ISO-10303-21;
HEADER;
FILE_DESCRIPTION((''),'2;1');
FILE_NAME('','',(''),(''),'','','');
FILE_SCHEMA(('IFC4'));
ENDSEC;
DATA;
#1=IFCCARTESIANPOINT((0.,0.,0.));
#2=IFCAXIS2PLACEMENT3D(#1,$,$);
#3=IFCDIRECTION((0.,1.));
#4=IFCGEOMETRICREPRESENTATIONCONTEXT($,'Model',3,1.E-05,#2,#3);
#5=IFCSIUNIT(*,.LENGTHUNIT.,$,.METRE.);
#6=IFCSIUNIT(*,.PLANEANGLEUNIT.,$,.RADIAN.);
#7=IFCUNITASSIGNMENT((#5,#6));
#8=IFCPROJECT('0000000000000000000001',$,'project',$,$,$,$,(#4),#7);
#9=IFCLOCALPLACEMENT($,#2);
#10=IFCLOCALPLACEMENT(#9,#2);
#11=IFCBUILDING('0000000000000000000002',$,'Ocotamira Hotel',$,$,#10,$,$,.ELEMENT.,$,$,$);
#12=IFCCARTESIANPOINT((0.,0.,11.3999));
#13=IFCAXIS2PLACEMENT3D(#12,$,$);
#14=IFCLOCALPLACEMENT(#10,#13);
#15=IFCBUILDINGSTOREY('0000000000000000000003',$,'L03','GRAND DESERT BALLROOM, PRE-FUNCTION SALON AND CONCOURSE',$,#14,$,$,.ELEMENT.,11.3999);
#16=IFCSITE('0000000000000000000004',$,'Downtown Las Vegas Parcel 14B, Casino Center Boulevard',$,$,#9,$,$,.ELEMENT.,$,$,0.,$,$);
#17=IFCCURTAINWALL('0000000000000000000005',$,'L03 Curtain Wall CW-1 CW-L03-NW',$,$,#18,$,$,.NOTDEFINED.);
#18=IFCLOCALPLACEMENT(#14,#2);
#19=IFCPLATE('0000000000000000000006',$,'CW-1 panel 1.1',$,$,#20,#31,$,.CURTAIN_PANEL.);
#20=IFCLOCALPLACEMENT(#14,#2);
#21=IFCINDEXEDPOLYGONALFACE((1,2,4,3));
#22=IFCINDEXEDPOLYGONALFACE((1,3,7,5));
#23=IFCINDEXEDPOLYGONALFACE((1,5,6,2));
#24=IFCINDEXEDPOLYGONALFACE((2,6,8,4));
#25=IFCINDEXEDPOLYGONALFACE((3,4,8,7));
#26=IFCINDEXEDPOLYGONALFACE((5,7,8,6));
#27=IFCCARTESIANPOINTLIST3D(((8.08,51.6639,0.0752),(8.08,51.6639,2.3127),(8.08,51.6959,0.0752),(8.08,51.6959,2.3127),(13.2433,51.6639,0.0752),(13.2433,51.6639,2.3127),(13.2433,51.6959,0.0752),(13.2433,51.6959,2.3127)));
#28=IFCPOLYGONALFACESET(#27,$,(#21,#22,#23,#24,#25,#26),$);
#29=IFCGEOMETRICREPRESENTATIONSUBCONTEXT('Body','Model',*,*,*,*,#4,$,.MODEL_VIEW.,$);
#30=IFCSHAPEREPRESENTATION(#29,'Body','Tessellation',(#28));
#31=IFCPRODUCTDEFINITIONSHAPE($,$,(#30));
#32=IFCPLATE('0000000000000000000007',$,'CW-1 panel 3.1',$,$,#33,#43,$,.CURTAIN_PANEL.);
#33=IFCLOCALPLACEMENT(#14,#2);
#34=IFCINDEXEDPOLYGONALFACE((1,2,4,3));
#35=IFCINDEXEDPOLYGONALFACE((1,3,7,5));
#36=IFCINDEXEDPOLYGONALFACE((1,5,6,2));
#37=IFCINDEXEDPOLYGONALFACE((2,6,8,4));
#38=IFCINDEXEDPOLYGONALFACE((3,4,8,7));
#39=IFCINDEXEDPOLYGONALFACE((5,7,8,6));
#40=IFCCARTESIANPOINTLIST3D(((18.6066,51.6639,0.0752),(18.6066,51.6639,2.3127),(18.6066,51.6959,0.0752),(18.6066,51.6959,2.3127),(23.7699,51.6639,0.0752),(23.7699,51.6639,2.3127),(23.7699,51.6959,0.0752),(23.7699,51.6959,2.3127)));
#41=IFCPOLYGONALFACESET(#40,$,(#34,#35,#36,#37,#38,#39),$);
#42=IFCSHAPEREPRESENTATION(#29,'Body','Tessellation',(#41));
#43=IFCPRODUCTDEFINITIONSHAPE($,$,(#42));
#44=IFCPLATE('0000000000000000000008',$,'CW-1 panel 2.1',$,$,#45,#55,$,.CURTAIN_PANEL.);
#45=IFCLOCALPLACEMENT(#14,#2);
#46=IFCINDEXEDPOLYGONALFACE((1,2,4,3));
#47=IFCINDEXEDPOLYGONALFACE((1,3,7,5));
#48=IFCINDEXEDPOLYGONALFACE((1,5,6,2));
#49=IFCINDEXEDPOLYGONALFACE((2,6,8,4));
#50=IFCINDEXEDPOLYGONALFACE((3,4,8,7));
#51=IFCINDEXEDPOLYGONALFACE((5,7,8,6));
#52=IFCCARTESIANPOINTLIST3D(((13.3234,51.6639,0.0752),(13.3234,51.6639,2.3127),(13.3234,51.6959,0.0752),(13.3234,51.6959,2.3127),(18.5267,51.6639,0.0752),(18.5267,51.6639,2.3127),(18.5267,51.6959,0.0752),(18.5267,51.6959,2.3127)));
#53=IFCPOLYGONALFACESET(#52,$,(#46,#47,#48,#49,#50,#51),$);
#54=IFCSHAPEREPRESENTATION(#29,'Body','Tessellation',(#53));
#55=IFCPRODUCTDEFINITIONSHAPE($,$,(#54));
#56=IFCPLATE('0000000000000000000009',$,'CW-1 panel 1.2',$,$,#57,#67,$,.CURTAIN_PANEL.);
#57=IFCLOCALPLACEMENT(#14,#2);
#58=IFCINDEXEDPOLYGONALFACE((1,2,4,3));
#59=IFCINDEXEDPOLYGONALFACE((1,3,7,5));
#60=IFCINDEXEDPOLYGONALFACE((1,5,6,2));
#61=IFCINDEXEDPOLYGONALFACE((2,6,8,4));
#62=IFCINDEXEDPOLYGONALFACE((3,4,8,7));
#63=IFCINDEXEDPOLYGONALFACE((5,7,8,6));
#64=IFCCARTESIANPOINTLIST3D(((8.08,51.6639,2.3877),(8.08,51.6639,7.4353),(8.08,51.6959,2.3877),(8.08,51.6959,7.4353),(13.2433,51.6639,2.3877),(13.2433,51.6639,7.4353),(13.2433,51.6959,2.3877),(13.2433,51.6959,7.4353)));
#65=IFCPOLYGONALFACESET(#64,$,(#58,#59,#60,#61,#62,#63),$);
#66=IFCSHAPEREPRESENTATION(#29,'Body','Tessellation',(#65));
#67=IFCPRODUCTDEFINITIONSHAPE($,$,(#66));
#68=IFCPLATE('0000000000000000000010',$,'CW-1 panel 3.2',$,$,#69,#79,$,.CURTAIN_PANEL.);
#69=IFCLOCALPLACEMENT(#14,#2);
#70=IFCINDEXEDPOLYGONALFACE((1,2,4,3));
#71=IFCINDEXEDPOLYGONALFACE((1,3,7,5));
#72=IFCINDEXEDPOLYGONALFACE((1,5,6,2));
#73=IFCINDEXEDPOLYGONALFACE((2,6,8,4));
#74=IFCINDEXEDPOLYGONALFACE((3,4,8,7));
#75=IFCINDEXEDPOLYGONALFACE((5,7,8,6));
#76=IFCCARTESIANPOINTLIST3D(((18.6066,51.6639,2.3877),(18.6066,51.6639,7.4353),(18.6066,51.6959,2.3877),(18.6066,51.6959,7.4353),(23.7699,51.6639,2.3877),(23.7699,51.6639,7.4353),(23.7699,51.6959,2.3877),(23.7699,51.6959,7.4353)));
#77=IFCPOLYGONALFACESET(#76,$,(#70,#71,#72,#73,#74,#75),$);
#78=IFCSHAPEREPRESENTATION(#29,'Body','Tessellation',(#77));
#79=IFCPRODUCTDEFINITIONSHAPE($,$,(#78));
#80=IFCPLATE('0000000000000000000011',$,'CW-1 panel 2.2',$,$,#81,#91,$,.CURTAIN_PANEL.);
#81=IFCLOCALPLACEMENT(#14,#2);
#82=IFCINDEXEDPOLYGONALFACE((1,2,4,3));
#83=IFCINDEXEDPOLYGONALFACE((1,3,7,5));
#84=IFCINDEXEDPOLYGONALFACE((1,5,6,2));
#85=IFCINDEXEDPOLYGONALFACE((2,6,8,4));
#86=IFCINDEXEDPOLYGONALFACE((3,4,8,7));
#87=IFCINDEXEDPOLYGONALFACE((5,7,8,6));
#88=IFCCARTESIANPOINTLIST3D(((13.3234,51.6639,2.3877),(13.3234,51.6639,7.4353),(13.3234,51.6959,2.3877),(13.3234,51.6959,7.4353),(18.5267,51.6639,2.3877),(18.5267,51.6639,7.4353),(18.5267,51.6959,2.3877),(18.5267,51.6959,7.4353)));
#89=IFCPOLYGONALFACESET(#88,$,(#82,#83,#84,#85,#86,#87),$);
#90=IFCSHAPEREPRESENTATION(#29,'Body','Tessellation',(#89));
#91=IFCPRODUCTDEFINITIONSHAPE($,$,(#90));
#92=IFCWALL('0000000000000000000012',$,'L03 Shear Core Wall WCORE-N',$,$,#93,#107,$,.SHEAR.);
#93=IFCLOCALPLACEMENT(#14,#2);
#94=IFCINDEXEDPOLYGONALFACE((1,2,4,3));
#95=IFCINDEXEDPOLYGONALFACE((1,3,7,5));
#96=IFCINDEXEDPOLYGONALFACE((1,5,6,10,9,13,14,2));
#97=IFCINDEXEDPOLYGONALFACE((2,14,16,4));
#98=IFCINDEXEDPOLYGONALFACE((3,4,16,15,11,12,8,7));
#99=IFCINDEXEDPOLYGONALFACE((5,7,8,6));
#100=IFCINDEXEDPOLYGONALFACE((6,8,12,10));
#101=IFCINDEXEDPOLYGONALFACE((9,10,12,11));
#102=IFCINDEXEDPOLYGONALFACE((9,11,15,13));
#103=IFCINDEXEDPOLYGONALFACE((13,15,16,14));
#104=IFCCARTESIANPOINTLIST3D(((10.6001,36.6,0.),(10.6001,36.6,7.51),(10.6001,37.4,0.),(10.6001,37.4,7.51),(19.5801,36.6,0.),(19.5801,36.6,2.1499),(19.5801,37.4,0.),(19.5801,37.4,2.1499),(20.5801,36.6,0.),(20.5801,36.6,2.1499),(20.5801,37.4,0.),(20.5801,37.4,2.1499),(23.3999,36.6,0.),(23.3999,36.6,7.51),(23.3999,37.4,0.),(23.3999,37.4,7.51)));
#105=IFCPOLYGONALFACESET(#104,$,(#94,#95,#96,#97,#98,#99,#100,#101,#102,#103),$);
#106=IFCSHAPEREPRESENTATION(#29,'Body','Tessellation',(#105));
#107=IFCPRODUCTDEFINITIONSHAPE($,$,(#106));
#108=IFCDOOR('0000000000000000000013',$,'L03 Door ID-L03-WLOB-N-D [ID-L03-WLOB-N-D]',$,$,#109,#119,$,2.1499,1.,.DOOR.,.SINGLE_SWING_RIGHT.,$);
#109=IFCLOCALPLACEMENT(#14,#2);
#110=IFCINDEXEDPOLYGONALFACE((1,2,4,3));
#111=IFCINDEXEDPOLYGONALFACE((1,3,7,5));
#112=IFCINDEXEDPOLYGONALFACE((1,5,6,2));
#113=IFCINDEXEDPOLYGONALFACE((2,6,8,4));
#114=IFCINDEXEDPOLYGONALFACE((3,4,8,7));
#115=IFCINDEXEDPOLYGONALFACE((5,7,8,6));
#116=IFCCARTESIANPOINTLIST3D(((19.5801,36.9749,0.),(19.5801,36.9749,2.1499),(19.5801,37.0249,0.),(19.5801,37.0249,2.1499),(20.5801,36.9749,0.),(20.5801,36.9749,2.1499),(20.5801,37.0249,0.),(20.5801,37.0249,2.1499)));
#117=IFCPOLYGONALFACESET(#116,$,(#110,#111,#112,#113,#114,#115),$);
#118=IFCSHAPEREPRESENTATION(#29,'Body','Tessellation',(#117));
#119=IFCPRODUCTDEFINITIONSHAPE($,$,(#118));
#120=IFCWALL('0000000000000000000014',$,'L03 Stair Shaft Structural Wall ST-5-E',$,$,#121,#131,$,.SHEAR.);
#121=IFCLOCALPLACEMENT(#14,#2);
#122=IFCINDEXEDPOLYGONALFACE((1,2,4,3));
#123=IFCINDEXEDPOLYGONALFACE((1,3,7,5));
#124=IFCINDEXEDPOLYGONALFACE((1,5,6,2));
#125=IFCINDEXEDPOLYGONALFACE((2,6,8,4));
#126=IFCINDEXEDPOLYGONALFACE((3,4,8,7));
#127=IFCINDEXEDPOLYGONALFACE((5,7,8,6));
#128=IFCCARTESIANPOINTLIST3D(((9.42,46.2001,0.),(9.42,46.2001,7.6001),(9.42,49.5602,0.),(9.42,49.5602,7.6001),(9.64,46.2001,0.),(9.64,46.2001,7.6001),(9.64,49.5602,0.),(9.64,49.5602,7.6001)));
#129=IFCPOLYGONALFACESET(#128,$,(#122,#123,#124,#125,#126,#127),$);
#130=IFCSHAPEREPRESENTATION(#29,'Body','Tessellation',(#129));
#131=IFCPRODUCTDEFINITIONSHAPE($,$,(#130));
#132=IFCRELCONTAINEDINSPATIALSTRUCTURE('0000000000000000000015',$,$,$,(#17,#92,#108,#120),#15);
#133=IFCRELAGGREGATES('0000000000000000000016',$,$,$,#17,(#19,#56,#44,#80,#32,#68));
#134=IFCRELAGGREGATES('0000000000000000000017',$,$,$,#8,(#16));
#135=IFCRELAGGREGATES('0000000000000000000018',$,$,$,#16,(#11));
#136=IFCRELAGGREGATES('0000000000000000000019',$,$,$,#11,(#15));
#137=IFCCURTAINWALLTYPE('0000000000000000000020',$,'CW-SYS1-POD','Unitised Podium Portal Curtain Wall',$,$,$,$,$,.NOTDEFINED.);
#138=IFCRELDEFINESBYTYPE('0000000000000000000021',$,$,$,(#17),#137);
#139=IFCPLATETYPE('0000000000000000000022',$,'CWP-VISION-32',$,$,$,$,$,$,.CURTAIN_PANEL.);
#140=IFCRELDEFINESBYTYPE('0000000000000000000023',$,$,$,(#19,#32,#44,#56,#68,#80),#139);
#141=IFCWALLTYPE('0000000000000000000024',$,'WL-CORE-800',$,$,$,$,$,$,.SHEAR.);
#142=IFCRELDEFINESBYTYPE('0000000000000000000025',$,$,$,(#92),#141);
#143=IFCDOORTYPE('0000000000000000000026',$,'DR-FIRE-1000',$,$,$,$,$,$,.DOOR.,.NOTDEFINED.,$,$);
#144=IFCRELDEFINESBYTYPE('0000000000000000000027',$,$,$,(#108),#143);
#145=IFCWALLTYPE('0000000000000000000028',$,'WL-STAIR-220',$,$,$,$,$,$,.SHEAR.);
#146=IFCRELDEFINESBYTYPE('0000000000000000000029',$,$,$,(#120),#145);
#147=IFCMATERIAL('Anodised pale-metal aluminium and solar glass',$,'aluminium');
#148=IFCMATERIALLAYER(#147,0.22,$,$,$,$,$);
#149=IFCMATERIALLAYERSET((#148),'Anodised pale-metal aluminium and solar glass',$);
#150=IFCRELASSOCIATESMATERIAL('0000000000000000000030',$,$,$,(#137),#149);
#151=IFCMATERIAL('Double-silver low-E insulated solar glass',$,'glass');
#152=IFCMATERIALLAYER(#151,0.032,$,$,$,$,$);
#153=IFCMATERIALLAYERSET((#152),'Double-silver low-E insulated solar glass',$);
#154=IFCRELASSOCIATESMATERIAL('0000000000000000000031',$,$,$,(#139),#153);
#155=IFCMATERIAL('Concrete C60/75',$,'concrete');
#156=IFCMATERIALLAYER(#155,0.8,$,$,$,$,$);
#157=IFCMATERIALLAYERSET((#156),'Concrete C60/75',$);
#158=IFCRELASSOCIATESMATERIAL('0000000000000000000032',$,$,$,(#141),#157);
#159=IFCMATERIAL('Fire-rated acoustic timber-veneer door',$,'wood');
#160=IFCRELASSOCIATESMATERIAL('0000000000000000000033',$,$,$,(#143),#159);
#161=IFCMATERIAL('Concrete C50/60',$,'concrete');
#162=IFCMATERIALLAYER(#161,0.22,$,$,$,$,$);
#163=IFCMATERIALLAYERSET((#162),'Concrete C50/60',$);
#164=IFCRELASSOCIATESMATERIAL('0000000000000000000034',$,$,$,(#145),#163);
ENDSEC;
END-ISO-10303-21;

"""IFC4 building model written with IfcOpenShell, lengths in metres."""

from ifc_helpers import new_model, si_unit, direction, frame, frame_2d, origin, origin_2d, place, context, subcontext, project, spatial, rectangle, extrude, source, transform, mapped, material, layer, layer_set, type_object, element, fill, aggregate, save


model = new_model("IFC4")

# Units and contexts
model_context = context("Model", 3, precision=1e-05, world=origin(), true_north=direction((0.0, 1.0)))
body_context = subcontext(model_context, "Body", "Model", "MODEL_VIEW")
ifc_project = project(units=[si_unit("LENGTHUNIT", "METRE"), si_unit("PLANEANGLEUNIT", "RADIAN")], contexts=[model_context])

# Site, building, storey
site_placement = place(None, origin())
site = spatial("IfcSite", under=ifc_project, at=site_placement, Name="Downtown Las Vegas Parcel 14B, Casino Center Boulevard", CompositionType="ELEMENT", RefElevation=0.0)
building_placement = place(site_placement, origin())
building = spatial("IfcBuilding", under=site, at=building_placement, Name="Ocotamira Hotel", CompositionType="ELEMENT")
storey_placement = place(building_placement, frame((0.0, 0.0, 11.3999)))
storey = spatial("IfcBuildingStorey", under=building, at=storey_placement, Name="L03", Description="GRAND DESERT BALLROOM, PRE-FUNCTION SALON AND CONCOURSE", CompositionType="ELEMENT", Elevation=11.3999)

# Shared definitions
ifc_material_1 = material(Name="Concrete C60/75", Category="concrete")

# Curtain wall, plates
ifc_material_2 = material(Name="Anodised pale-metal aluminium and solar glass", Category="aluminium")
ifc_layer_1 = layer(ifc_material_2, 0.22)
ifc_layer_set_1 = layer_set([ifc_layer_1], Name="Anodised pale-metal aluminium and solar glass")
curtain_wall_type = type_object("IfcCurtainWallType", Name="CW-SYS1-POD", Description="Unitised Podium Portal Curtain Wall", PredefinedType="NOTDEFINED", material=ifc_layer_set_1)
curtain_wall_placement = place(storey_placement, origin())
curtain_wall = element("IfcCurtainWall", 1, at=curtain_wall_placement, inside=storey, type_object=curtain_wall_type, Name="L03 Curtain Wall CW-1 CW-L03-NW", PredefinedType="NOTDEFINED")
ifc_material_3 = material(Name="Double-silver low-E insulated solar glass", Category="glass")
ifc_layer_2 = layer(ifc_material_3, 0.032)
ifc_layer_set_2 = layer_set([ifc_layer_2], Name="Double-silver low-E insulated solar glass")
plate_type = type_object("IfcPlateType", Name="CWP-VISION-32", PredefinedType="CURTAIN_PANEL", material=ifc_layer_set_2)
shared_shape_1 = source(origin(), body_context, "Body", "SweptSolid", [
    extrude(rectangle(XDim=5.1633, YDim=0.032, at=origin_2d()), origin(), (0.0, 0.0, 1.0), 2.2375),
])
plate_1_placement = place(storey_placement, frame((10.6616, 51.6799, 0.0752), z_axis=(0.0, 0.0, 1.0), x_axis=(1.0, 0.0, 0.0)))
plate_1 = element("IfcPlate", 2, at=plate_1_placement, type_object=plate_type, Name="CW-1 panel 1.1", PredefinedType="CURTAIN_PANEL", context=body_context, shape_type="MappedRepresentation", body=[
    mapped(shared_shape_1, transform((0.0, 0.0, 0.0), scale=1.0)),
])
plate_2_placement = place(storey_placement, frame((21.1882, 51.6799, 0.0752), z_axis=(0.0, 0.0, 1.0), x_axis=(1.0, 0.0, 0.0)))
plate_2 = element("IfcPlate", 3, at=plate_2_placement, type_object=plate_type, Name="CW-1 panel 3.1", PredefinedType="CURTAIN_PANEL", context=body_context, shape_type="MappedRepresentation", body=[
    mapped(shared_shape_1, transform((0.0, 0.0, 0.0), scale=1.0)),
])
shared_shape_2 = source(origin(), body_context, "Body", "SweptSolid", [
    extrude(rectangle(XDim=5.2034, YDim=0.032, at=origin_2d()), origin(), (0.0, 0.0, 1.0), 2.2375),
])
plate_3_placement = place(storey_placement, frame((15.925, 51.6799, 0.0752), z_axis=(0.0, 0.0, 1.0), x_axis=(1.0, 0.0, 0.0)))
plate_3 = element("IfcPlate", 4, at=plate_3_placement, type_object=plate_type, Name="CW-1 panel 2.1", PredefinedType="CURTAIN_PANEL", context=body_context, shape_type="MappedRepresentation", body=[
    mapped(shared_shape_2, transform((0.0, 0.0, 0.0), scale=1.0)),
])
shared_shape_3 = source(origin(), body_context, "Body", "SweptSolid", [
    extrude(rectangle(XDim=5.1633, YDim=0.032, at=origin_2d()), origin(), (0.0, 0.0, 1.0), 5.0476),
])
plate_4_placement = place(storey_placement, frame((10.6616, 51.6799, 2.3877), z_axis=(0.0, 0.0, 1.0), x_axis=(1.0, 0.0, 0.0)))
plate_4 = element("IfcPlate", 5, at=plate_4_placement, type_object=plate_type, Name="CW-1 panel 1.2", PredefinedType="CURTAIN_PANEL", context=body_context, shape_type="MappedRepresentation", body=[
    mapped(shared_shape_3, transform((0.0, 0.0, 0.0), scale=1.0)),
])
plate_5_placement = place(storey_placement, frame((21.1882, 51.6799, 2.3877), z_axis=(0.0, 0.0, 1.0), x_axis=(1.0, 0.0, 0.0)))
plate_5 = element("IfcPlate", 6, at=plate_5_placement, type_object=plate_type, Name="CW-1 panel 3.2", PredefinedType="CURTAIN_PANEL", context=body_context, shape_type="MappedRepresentation", body=[
    mapped(shared_shape_3, transform((0.0, 0.0, 0.0), scale=1.0)),
])
shared_shape_4 = source(origin(), body_context, "Body", "SweptSolid", [
    extrude(rectangle(XDim=5.2034, YDim=0.032, at=origin_2d()), origin(), (0.0, 0.0, 1.0), 5.0476),
])
plate_6_placement = place(storey_placement, frame((15.925, 51.6799, 2.3877), z_axis=(0.0, 0.0, 1.0), x_axis=(1.0, 0.0, 0.0)))
plate_6 = element("IfcPlate", 7, at=plate_6_placement, type_object=plate_type, Name="CW-1 panel 2.2", PredefinedType="CURTAIN_PANEL", context=body_context, shape_type="MappedRepresentation", body=[
    mapped(shared_shape_4, transform((0.0, 0.0, 0.0), scale=1.0)),
])
aggregate(curtain_wall, [plate_1, plate_4, plate_3, plate_6, plate_2, plate_5])

# Wall, opening, door
ifc_layer_3 = layer(ifc_material_1, 0.8)
ifc_layer_set_3 = layer_set([ifc_layer_3], Name="Concrete C60/75")
wall_type_1 = type_object("IfcWallType", Name="WL-CORE-800", PredefinedType="SHEAR", material=ifc_layer_set_3)
wall_1_placement = place(storey_placement, frame((10.6001, 37.0, 0.0), z_axis=(0.0, 0.0, 1.0), x_axis=(1.0, 0.0, 0.0)))
wall_1 = element("IfcWall", 8, at=wall_1_placement, inside=storey, type_object=wall_type_1, Name="L03 Shear Core Wall WCORE-N", PredefinedType="SHEAR", context=body_context, shape_type="SweptSolid", body=[
    extrude(rectangle(XDim=12.7998, YDim=0.8, at=frame_2d((6.3999, 0.0))), origin(), (0.0, 0.0, 1.0), 7.51),
])
opening_placement = place(wall_1_placement, frame((8.98, 0.0, 0.0)))
opening = element("IfcOpeningElement", 9, at=opening_placement, cuts=wall_1, PredefinedType="OPENING", context=body_context, shape_type="SweptSolid", body=[
    extrude(rectangle(XDim=1.0, YDim=2.1499, at=frame_2d((0.5, 1.075))), frame((0.0, 0.4102, 0.0), z_axis=(0.0, -1.0, 0.0), x_axis=(1.0, 0.0, 0.0)), (0.0, 0.0, 1.0), 0.8201),
])
ifc_material_4 = material(Name="Fire-rated acoustic timber-veneer door", Category="wood")
door_type = type_object("IfcDoorType", Name="DR-FIRE-1000", OperationType="NOTDEFINED", PredefinedType="DOOR", material=ifc_material_4)
shared_shape_5 = source(origin(), body_context, "Body", "SweptSolid", [
    extrude(rectangle(XDim=1.0, YDim=2.1499, at=frame_2d((0.5, 1.075))), frame((0.0, 0.0249, 0.0), z_axis=(0.0, -1.0, 0.0), x_axis=(1.0, 0.0, 0.0)), (0.0, 0.0, 1.0), 0.05),
])
door_placement = place(opening_placement, origin())
door = element("IfcDoor", 10, at=door_placement, inside=storey, type_object=door_type, Name="L03 Door ID-L03-WLOB-N-D [ID-L03-WLOB-N-D]", OperationType="SINGLE_SWING_RIGHT", OverallHeight=2.1499, OverallWidth=1.0, PredefinedType="DOOR", context=body_context, shape_type="MappedRepresentation", body=[
    mapped(shared_shape_5, transform((0.0, 0.0, 0.0), scale=1.0)),
])
fill(opening, door)

# Wall
ifc_material_5 = material(Name="Concrete C50/60", Category="concrete")
ifc_layer_4 = layer(ifc_material_5, 0.22)
ifc_layer_set_4 = layer_set([ifc_layer_4], Name="Concrete C50/60")
wall_type_2 = type_object("IfcWallType", Name="WL-STAIR-220", PredefinedType="SHEAR", material=ifc_layer_set_4)
wall_2_placement = place(storey_placement, frame((9.53, 46.2, 0.0), z_axis=(0.0, 0.0, 1.0), x_axis=(0.0, 1.0, 0.0)))
element("IfcWall", 11, at=wall_2_placement, inside=storey, type_object=wall_type_2, Name="L03 Stair Shaft Structural Wall ST-5-E", PredefinedType="SHEAR", context=body_context, shape_type="SweptSolid", body=[
    extrude(rectangle(XDim=3.3601, YDim=0.22, at=frame_2d((1.6802, 0.0))), origin(), (0.0, 0.0, 1.0), 7.6001),
])

save(model, "model.ifc")
